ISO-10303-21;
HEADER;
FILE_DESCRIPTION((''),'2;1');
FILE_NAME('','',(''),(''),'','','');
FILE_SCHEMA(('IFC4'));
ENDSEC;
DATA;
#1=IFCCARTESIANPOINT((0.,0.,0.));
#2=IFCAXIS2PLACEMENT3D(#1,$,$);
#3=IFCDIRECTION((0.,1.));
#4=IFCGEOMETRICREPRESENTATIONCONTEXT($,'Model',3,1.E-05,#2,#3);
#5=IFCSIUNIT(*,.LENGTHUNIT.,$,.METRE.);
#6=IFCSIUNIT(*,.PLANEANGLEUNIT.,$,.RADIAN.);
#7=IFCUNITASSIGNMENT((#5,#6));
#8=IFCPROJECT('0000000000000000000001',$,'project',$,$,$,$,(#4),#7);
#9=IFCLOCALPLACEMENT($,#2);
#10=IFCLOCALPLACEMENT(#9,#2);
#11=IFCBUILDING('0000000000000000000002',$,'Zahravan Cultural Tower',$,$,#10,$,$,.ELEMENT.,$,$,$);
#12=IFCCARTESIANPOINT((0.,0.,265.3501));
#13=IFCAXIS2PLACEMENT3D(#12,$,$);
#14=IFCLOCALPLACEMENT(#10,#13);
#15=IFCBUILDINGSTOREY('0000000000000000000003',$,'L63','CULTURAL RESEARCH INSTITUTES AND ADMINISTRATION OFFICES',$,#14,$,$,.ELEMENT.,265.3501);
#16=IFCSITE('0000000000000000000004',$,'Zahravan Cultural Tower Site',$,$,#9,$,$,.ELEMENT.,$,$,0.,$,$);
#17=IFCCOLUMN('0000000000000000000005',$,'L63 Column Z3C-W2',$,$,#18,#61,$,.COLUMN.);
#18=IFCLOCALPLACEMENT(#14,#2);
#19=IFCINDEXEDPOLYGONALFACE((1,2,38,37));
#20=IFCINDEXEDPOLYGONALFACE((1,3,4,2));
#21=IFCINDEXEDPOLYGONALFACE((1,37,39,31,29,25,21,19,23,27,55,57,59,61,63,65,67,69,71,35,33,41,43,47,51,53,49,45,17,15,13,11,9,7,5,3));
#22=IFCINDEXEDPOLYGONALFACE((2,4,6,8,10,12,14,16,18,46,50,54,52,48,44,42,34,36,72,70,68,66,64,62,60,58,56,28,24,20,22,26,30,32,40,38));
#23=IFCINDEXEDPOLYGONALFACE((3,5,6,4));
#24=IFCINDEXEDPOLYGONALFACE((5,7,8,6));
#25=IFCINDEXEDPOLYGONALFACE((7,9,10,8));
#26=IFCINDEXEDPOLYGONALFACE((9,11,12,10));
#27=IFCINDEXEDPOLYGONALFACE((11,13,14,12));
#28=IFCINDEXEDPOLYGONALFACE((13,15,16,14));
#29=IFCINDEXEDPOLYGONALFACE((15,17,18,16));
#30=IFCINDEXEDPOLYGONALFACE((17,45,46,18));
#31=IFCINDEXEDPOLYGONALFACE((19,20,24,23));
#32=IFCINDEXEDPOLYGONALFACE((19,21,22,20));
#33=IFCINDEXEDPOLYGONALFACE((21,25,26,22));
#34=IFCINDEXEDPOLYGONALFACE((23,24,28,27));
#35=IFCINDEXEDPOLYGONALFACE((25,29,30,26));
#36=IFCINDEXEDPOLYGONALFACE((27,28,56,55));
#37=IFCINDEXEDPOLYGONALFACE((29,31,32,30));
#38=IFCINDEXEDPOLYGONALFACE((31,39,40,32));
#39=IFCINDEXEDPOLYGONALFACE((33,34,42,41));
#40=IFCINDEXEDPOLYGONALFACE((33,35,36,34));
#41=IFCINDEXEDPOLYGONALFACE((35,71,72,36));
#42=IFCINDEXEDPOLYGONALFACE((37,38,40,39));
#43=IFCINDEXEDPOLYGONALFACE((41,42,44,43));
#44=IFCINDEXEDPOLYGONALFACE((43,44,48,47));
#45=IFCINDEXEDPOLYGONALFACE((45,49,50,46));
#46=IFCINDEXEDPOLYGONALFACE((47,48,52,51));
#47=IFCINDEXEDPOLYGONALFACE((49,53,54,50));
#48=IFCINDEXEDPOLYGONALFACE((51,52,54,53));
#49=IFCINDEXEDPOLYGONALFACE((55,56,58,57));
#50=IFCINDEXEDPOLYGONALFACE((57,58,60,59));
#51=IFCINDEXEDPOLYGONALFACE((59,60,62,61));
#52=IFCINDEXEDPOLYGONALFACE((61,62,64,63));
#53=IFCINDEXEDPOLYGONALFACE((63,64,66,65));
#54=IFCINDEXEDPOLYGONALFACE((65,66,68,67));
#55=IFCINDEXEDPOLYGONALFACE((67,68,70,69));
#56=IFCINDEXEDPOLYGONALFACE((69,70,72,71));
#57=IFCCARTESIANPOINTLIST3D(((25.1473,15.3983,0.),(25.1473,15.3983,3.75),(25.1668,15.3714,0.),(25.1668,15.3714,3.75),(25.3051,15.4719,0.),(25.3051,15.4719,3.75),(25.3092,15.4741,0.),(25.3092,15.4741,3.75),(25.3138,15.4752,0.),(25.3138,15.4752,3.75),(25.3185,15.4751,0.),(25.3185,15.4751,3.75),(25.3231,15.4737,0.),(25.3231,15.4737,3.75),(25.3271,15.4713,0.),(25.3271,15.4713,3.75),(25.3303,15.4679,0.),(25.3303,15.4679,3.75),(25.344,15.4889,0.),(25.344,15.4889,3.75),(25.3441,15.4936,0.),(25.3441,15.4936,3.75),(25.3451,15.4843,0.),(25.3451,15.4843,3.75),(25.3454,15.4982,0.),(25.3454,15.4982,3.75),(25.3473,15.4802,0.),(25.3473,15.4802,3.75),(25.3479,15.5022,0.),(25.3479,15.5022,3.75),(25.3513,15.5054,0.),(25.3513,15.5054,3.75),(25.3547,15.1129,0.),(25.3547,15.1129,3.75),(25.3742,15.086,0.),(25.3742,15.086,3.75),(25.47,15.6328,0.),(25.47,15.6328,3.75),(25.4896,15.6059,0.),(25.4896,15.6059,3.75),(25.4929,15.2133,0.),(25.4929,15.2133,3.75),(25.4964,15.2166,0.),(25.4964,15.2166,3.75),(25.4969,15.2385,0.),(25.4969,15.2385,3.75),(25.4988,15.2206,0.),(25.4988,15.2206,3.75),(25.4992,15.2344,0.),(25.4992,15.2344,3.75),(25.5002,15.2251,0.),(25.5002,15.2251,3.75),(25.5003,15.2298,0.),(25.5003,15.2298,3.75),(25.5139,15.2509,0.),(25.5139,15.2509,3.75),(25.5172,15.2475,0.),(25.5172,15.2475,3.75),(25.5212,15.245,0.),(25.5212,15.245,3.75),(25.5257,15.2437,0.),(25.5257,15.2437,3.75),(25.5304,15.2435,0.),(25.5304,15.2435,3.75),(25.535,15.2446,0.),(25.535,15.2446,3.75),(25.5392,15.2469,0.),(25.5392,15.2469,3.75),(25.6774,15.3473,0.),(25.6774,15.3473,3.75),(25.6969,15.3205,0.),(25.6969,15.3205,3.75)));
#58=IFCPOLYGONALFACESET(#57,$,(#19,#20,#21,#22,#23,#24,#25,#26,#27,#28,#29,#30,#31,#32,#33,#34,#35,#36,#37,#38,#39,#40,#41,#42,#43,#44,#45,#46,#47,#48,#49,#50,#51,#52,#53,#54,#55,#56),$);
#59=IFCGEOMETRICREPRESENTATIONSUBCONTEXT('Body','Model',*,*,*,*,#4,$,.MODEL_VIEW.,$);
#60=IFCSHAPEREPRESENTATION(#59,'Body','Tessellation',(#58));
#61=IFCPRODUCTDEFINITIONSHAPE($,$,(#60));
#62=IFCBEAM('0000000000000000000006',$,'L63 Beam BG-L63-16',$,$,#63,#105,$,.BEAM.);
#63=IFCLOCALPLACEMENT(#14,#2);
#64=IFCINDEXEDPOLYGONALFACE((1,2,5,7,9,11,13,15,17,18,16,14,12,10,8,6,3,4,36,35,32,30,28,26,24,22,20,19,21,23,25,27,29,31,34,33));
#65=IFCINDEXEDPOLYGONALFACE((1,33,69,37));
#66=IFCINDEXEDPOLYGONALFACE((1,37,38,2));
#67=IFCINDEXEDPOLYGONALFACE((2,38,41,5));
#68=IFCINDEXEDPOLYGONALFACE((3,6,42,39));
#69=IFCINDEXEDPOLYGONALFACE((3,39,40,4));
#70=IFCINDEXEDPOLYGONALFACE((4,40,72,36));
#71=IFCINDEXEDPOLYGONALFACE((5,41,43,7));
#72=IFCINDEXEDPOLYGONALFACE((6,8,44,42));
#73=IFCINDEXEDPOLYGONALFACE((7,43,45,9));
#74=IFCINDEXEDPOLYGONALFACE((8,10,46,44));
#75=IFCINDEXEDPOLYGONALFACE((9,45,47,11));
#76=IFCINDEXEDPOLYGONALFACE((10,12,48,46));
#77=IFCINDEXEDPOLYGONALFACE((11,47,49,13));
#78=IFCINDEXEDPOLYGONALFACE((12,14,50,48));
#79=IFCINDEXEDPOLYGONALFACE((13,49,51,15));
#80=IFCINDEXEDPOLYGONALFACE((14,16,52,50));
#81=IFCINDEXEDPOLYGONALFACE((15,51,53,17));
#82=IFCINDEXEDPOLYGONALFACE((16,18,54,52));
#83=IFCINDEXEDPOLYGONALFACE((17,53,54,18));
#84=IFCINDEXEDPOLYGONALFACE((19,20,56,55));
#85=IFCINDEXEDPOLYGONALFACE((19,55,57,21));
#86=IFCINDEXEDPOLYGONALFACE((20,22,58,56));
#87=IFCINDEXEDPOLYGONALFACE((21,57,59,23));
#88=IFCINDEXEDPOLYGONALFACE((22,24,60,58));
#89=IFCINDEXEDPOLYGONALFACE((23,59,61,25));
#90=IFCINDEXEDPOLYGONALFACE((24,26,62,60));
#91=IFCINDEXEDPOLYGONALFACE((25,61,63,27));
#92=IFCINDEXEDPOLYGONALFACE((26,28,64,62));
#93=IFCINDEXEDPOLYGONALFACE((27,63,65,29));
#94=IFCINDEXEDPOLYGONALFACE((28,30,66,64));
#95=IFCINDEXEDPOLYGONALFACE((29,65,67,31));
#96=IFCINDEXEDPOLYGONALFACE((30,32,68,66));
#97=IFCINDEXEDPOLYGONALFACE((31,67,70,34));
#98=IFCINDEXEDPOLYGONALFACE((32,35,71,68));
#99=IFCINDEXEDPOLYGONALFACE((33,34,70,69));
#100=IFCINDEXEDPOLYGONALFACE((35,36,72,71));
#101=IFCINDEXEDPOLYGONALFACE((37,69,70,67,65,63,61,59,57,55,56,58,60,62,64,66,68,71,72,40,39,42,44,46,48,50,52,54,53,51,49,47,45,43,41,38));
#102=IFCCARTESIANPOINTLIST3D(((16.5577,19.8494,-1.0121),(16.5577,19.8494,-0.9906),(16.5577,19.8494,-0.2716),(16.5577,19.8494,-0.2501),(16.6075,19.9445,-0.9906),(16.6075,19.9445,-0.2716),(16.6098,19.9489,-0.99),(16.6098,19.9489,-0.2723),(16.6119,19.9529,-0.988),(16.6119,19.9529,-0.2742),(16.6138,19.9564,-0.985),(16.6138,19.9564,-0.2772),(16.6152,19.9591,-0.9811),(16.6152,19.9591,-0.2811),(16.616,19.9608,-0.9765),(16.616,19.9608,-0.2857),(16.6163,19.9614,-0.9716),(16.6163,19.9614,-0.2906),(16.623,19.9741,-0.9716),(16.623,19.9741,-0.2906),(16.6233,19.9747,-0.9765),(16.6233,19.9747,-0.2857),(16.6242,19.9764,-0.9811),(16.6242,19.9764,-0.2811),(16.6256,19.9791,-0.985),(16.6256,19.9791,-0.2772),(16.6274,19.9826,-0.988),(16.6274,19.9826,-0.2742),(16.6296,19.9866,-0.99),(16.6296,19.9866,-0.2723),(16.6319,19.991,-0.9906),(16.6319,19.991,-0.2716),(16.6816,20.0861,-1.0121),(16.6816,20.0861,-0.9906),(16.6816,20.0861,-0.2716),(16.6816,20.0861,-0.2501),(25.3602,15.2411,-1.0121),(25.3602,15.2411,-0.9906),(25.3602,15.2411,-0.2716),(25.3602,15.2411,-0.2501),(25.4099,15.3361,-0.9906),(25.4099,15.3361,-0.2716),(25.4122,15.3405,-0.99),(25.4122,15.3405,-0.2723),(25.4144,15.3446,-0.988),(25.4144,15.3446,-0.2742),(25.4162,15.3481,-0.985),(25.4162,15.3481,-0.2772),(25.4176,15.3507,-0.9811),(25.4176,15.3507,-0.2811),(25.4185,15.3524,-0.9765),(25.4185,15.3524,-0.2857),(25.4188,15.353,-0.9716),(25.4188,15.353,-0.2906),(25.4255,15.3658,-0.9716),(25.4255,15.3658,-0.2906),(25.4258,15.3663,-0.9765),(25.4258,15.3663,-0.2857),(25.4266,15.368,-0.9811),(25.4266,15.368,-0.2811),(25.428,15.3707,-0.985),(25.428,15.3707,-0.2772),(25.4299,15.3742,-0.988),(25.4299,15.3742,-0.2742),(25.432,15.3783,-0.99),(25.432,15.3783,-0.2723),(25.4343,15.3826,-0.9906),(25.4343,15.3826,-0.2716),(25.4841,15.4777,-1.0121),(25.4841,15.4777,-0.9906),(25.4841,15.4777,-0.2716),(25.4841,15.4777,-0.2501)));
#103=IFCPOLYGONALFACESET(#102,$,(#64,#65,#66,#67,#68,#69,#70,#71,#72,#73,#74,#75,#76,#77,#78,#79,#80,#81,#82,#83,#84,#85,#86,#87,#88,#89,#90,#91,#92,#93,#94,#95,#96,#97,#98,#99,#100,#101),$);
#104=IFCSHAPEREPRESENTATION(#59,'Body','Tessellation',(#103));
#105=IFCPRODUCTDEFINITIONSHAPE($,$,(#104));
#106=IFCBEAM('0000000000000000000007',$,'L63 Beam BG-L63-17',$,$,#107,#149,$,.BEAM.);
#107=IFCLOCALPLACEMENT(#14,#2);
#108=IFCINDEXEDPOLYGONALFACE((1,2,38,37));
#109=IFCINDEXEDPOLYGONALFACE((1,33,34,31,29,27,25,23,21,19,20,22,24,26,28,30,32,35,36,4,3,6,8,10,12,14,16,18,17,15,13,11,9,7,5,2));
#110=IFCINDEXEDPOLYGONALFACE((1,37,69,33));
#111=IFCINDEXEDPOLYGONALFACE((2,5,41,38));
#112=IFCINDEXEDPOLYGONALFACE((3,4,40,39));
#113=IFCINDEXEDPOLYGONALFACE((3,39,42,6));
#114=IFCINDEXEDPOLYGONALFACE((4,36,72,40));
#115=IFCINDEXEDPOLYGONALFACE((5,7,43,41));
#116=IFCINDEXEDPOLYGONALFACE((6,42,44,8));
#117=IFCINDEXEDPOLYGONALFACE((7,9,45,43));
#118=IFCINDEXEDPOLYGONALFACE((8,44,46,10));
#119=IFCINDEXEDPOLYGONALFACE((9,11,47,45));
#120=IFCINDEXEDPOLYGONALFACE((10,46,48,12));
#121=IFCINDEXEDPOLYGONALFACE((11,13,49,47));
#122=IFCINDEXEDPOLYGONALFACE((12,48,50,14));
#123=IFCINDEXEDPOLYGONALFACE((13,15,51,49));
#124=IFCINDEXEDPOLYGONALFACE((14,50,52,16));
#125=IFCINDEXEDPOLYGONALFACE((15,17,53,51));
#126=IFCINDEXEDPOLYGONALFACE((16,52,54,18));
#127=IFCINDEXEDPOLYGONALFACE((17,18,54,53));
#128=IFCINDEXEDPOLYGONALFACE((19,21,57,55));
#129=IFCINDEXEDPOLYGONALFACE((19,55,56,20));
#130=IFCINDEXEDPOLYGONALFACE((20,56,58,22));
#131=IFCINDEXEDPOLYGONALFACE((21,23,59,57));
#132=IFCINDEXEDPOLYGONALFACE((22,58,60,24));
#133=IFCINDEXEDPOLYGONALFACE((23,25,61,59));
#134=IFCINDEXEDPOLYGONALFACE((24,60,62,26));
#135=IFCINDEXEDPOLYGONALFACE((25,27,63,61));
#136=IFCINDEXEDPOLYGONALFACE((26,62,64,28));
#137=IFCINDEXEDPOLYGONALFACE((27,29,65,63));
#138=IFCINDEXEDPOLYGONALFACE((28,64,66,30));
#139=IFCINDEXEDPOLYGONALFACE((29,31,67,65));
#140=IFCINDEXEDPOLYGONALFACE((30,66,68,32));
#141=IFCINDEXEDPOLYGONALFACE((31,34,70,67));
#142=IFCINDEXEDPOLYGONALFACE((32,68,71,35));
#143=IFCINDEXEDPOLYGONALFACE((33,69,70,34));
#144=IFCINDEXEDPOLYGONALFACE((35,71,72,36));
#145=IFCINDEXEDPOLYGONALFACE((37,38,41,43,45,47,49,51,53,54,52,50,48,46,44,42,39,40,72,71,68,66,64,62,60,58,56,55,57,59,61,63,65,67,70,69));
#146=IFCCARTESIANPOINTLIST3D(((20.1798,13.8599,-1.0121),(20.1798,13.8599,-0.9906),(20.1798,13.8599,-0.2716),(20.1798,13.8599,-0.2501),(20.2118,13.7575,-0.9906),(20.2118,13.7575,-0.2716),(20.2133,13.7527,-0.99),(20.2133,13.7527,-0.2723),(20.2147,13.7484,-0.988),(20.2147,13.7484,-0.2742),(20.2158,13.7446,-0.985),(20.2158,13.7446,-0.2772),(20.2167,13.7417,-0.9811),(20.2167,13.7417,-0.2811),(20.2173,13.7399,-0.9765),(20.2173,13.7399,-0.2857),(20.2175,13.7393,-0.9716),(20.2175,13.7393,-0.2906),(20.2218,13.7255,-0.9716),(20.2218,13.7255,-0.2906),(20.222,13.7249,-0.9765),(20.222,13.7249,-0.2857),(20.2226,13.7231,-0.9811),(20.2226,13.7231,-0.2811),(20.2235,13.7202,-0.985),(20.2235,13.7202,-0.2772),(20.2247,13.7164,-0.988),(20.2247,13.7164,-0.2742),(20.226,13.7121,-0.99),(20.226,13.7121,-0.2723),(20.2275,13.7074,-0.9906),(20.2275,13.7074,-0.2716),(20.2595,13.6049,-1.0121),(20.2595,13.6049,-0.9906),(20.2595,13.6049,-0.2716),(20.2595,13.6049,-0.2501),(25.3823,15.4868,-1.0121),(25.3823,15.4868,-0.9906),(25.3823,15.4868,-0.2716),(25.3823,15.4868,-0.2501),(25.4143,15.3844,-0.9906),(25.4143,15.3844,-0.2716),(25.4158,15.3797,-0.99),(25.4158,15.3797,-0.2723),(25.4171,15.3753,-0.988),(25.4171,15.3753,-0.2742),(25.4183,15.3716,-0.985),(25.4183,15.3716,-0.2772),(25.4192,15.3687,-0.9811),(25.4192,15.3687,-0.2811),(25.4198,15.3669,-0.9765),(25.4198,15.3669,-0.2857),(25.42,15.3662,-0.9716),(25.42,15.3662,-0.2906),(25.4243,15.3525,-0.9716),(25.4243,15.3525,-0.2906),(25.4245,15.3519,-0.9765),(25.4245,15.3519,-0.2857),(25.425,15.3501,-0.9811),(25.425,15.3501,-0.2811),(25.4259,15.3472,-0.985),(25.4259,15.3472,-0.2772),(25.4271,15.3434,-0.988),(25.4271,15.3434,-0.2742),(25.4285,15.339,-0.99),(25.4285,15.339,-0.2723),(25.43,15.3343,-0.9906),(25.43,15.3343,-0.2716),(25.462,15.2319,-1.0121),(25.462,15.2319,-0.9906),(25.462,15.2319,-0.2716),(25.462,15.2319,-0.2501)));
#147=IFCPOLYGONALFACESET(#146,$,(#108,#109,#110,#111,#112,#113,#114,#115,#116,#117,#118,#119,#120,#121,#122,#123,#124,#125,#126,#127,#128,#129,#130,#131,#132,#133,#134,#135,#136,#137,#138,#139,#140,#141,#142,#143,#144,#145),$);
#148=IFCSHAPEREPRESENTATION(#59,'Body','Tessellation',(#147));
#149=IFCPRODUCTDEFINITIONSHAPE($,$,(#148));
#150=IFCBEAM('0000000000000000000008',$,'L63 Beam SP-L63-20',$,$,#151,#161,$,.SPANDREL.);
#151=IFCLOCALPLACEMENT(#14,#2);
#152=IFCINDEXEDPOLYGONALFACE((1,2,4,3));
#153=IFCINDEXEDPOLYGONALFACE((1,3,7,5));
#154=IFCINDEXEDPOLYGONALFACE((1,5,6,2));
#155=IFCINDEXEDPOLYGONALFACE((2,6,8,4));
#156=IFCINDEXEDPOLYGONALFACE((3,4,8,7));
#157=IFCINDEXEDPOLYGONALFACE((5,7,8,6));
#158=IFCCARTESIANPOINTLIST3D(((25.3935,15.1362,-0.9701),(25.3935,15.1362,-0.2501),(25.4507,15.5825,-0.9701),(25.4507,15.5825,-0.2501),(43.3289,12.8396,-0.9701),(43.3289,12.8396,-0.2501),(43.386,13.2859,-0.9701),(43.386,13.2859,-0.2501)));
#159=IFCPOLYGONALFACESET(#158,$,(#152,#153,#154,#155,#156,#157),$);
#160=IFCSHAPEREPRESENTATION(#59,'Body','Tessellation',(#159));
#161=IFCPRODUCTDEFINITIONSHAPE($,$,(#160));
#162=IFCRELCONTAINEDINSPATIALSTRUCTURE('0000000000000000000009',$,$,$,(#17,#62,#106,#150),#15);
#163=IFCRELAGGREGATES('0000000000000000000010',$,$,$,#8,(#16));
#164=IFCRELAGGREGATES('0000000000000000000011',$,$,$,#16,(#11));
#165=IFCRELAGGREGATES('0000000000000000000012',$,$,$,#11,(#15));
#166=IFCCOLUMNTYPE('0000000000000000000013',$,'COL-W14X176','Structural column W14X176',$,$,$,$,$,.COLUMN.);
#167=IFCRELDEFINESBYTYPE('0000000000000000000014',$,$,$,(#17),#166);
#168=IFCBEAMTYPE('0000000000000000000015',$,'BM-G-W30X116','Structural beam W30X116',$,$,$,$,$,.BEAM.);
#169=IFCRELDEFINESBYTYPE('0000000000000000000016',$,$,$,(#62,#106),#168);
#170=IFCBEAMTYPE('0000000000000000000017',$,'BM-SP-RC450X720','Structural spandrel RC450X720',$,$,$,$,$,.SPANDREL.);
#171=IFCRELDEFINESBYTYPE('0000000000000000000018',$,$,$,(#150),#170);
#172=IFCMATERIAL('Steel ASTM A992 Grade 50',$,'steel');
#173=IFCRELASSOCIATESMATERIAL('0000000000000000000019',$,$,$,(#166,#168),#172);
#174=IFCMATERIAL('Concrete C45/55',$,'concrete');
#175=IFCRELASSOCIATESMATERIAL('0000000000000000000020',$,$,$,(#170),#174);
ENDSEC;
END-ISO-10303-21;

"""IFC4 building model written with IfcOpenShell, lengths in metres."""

from ifc_helpers import new_model, si_unit, direction, frame, origin, origin_2d, place, context, subcontext, project, spatial, rectangle, i_section, extrude, source, transform, mapped, material, material_profile, profile_set, type_object, element, save


model = new_model("IFC4")

# Units and contexts
model_context = context("Model", 3, precision=1e-05, world=origin(), true_north=direction((0.0, 1.0)))
body_context = subcontext(model_context, "Body", "Model", "MODEL_VIEW")
ifc_project = project(units=[si_unit("LENGTHUNIT", "METRE"), si_unit("PLANEANGLEUNIT", "RADIAN")], contexts=[model_context])

# Site, building, storey
site_placement = place(None, origin())
site = spatial("IfcSite", under=ifc_project, at=site_placement, Name="Zahravan Cultural Tower Site", CompositionType="ELEMENT", RefElevation=0.0)
building_placement = place(site_placement, origin())
building = spatial("IfcBuilding", under=site, at=building_placement, Name="Zahravan Cultural Tower", CompositionType="ELEMENT")
storey_placement = place(building_placement, frame((0.0, 0.0, 265.3501)))
storey = spatial("IfcBuildingStorey", under=building, at=storey_placement, Name="L63", Description="CULTURAL RESEARCH INSTITUTES AND ADMINISTRATION OFFICES", CompositionType="ELEMENT", Elevation=265.3501)

# Column
ifc_material_1 = material(Name="Steel ASTM A992 Grade 50", Category="steel")
ifc_material_profile_1 = material_profile(ifc_material_1, i_section(OverallWidth=0.3989, OverallDepth=0.386, WebThickness=0.021, FlangeThickness=0.0332, FilletRadius=0.0181, at=origin_2d()), Name="W14X176")
ifc_profile_set_1 = profile_set([ifc_material_profile_1], Name="Steel ASTM A992 Grade 50")
column_type = type_object("IfcColumnType", Name="COL-W14X176", Description="Structural column W14X176", PredefinedType="COLUMN", material=ifc_profile_set_1)
shared_shape_1 = source(origin(), body_context, "Body", "SweptSolid", [
    extrude(i_section(OverallWidth=0.3989, OverallDepth=0.386, WebThickness=0.021, FlangeThickness=0.0332, FilletRadius=0.0181, at=origin_2d()), origin(), (0.0, 0.0, 1.0), 3.75),
])
column_placement = place(storey_placement, frame((25.4221, 15.3594, 0.0), z_axis=(0.0, 0.0, 1.0), x_axis=(0.809017, 0.587785, 0.0)))
element("IfcColumn", 1, at=column_placement, inside=storey, type_object=column_type, Name="L63 Column Z3C-W2", PredefinedType="COLUMN", context=body_context, shape_type="MappedRepresentation", body=[
    mapped(shared_shape_1, transform((0.0, 0.0, 0.0), x_axis=(1.0, 0.0, 0.0), y_axis=(0.0, 1.0, 0.0), z_axis=(0.0, 0.0, 1.0), scale=1.0)),
])

# Beams
ifc_material_profile_2 = material_profile(ifc_material_1, i_section(OverallWidth=0.2671, OverallDepth=0.762, WebThickness=0.0144, FlangeThickness=0.0215, FilletRadius=0.019, at=origin_2d()), Name="W30X116")
ifc_profile_set_2 = profile_set([ifc_material_profile_2], Name="Steel ASTM A992 Grade 50")
beam_type_1 = type_object("IfcBeamType", Name="BM-G-W30X116", Description="Structural beam W30X116", PredefinedType="BEAM", material=ifc_profile_set_2)
shared_shape_2 = source(origin(), body_context, "Body", "SweptSolid", [
    extrude(i_section(OverallWidth=0.2671, OverallDepth=0.762, WebThickness=0.0144, FlangeThickness=0.0215, FilletRadius=0.019, at=origin_2d()), origin(), (0.0, 0.0, 1.0), 9.9358),
])
beam_1_placement = place(storey_placement, frame((25.4221, 15.3594, -0.6311), z_axis=(-0.885932, 0.463815, 0.0), x_axis=(-0.463815, -0.885932, 0.0)))
element("IfcBeam", 2, at=beam_1_placement, inside=storey, type_object=beam_type_1, Name="L63 Beam BG-L63-16", PredefinedType="BEAM", context=body_context, shape_type="MappedRepresentation", body=[
    mapped(shared_shape_2, transform((0.0, 0.0, 0.0), x_axis=(1.0, 0.0, 0.0), y_axis=(0.0, 1.0, 0.0), z_axis=(0.0, 0.0, 1.0), scale=1.0)),
])
shared_shape_3 = source(origin(), body_context, "Body", "SweptSolid", [
    extrude(i_section(OverallWidth=0.2671, OverallDepth=0.762, WebThickness=0.0144, FlangeThickness=0.0215, FilletRadius=0.019, at=origin_2d()), origin(), (0.0, 0.0, 1.0), 5.4509),
])
beam_2_placement = place(storey_placement, frame((25.4221, 15.3594, -0.6311), z_axis=(-0.954417, -0.298476, 0.0), x_axis=(0.298476, -0.954417, 0.0)))
element("IfcBeam", 3, at=beam_2_placement, inside=storey, type_object=beam_type_1, Name="L63 Beam BG-L63-17", PredefinedType="BEAM", context=body_context, shape_type="MappedRepresentation", body=[
    mapped(shared_shape_3, transform((0.0, 0.0, 0.0), x_axis=(1.0, 0.0, 0.0), y_axis=(0.0, 1.0, 0.0), z_axis=(0.0, 0.0, 1.0), scale=1.0)),
])
ifc_material_2 = material(Name="Concrete C45/55", Category="concrete")
ifc_material_profile_3 = material_profile(ifc_material_2, rectangle(XDim=0.45, YDim=0.72, at=origin_2d()), Name="RC450X720")
ifc_profile_set_3 = profile_set([ifc_material_profile_3], Name="Concrete C45/55")
beam_type_2 = type_object("IfcBeamType", Name="BM-SP-RC450X720", Description="Structural spandrel RC450X720", PredefinedType="SPANDREL", material=ifc_profile_set_3)
shared_shape_4 = source(origin(), body_context, "Body", "SweptSolid", [
    extrude(rectangle(XDim=0.45, YDim=0.72, at=origin_2d()), origin(), (0.0, 0.0, 1.0), 18.0818),
])
beam_3_placement = place(storey_placement, frame((25.4221, 15.3594, -0.6101), z_axis=(0.991901, -0.127014, 0.0), x_axis=(0.127014, 0.991901, 0.0)))
element("IfcBeam", 4, at=beam_3_placement, inside=storey, type_object=beam_type_2, Name="L63 Beam SP-L63-20", PredefinedType="SPANDREL", context=body_context, shape_type="MappedRepresentation", body=[
    mapped(shared_shape_4, transform((0.0, 0.0, 0.0), x_axis=(1.0, 0.0, 0.0), y_axis=(0.0, 1.0, 0.0), z_axis=(0.0, 0.0, 1.0), scale=1.0)),
])

save(model, "model.ifc")
